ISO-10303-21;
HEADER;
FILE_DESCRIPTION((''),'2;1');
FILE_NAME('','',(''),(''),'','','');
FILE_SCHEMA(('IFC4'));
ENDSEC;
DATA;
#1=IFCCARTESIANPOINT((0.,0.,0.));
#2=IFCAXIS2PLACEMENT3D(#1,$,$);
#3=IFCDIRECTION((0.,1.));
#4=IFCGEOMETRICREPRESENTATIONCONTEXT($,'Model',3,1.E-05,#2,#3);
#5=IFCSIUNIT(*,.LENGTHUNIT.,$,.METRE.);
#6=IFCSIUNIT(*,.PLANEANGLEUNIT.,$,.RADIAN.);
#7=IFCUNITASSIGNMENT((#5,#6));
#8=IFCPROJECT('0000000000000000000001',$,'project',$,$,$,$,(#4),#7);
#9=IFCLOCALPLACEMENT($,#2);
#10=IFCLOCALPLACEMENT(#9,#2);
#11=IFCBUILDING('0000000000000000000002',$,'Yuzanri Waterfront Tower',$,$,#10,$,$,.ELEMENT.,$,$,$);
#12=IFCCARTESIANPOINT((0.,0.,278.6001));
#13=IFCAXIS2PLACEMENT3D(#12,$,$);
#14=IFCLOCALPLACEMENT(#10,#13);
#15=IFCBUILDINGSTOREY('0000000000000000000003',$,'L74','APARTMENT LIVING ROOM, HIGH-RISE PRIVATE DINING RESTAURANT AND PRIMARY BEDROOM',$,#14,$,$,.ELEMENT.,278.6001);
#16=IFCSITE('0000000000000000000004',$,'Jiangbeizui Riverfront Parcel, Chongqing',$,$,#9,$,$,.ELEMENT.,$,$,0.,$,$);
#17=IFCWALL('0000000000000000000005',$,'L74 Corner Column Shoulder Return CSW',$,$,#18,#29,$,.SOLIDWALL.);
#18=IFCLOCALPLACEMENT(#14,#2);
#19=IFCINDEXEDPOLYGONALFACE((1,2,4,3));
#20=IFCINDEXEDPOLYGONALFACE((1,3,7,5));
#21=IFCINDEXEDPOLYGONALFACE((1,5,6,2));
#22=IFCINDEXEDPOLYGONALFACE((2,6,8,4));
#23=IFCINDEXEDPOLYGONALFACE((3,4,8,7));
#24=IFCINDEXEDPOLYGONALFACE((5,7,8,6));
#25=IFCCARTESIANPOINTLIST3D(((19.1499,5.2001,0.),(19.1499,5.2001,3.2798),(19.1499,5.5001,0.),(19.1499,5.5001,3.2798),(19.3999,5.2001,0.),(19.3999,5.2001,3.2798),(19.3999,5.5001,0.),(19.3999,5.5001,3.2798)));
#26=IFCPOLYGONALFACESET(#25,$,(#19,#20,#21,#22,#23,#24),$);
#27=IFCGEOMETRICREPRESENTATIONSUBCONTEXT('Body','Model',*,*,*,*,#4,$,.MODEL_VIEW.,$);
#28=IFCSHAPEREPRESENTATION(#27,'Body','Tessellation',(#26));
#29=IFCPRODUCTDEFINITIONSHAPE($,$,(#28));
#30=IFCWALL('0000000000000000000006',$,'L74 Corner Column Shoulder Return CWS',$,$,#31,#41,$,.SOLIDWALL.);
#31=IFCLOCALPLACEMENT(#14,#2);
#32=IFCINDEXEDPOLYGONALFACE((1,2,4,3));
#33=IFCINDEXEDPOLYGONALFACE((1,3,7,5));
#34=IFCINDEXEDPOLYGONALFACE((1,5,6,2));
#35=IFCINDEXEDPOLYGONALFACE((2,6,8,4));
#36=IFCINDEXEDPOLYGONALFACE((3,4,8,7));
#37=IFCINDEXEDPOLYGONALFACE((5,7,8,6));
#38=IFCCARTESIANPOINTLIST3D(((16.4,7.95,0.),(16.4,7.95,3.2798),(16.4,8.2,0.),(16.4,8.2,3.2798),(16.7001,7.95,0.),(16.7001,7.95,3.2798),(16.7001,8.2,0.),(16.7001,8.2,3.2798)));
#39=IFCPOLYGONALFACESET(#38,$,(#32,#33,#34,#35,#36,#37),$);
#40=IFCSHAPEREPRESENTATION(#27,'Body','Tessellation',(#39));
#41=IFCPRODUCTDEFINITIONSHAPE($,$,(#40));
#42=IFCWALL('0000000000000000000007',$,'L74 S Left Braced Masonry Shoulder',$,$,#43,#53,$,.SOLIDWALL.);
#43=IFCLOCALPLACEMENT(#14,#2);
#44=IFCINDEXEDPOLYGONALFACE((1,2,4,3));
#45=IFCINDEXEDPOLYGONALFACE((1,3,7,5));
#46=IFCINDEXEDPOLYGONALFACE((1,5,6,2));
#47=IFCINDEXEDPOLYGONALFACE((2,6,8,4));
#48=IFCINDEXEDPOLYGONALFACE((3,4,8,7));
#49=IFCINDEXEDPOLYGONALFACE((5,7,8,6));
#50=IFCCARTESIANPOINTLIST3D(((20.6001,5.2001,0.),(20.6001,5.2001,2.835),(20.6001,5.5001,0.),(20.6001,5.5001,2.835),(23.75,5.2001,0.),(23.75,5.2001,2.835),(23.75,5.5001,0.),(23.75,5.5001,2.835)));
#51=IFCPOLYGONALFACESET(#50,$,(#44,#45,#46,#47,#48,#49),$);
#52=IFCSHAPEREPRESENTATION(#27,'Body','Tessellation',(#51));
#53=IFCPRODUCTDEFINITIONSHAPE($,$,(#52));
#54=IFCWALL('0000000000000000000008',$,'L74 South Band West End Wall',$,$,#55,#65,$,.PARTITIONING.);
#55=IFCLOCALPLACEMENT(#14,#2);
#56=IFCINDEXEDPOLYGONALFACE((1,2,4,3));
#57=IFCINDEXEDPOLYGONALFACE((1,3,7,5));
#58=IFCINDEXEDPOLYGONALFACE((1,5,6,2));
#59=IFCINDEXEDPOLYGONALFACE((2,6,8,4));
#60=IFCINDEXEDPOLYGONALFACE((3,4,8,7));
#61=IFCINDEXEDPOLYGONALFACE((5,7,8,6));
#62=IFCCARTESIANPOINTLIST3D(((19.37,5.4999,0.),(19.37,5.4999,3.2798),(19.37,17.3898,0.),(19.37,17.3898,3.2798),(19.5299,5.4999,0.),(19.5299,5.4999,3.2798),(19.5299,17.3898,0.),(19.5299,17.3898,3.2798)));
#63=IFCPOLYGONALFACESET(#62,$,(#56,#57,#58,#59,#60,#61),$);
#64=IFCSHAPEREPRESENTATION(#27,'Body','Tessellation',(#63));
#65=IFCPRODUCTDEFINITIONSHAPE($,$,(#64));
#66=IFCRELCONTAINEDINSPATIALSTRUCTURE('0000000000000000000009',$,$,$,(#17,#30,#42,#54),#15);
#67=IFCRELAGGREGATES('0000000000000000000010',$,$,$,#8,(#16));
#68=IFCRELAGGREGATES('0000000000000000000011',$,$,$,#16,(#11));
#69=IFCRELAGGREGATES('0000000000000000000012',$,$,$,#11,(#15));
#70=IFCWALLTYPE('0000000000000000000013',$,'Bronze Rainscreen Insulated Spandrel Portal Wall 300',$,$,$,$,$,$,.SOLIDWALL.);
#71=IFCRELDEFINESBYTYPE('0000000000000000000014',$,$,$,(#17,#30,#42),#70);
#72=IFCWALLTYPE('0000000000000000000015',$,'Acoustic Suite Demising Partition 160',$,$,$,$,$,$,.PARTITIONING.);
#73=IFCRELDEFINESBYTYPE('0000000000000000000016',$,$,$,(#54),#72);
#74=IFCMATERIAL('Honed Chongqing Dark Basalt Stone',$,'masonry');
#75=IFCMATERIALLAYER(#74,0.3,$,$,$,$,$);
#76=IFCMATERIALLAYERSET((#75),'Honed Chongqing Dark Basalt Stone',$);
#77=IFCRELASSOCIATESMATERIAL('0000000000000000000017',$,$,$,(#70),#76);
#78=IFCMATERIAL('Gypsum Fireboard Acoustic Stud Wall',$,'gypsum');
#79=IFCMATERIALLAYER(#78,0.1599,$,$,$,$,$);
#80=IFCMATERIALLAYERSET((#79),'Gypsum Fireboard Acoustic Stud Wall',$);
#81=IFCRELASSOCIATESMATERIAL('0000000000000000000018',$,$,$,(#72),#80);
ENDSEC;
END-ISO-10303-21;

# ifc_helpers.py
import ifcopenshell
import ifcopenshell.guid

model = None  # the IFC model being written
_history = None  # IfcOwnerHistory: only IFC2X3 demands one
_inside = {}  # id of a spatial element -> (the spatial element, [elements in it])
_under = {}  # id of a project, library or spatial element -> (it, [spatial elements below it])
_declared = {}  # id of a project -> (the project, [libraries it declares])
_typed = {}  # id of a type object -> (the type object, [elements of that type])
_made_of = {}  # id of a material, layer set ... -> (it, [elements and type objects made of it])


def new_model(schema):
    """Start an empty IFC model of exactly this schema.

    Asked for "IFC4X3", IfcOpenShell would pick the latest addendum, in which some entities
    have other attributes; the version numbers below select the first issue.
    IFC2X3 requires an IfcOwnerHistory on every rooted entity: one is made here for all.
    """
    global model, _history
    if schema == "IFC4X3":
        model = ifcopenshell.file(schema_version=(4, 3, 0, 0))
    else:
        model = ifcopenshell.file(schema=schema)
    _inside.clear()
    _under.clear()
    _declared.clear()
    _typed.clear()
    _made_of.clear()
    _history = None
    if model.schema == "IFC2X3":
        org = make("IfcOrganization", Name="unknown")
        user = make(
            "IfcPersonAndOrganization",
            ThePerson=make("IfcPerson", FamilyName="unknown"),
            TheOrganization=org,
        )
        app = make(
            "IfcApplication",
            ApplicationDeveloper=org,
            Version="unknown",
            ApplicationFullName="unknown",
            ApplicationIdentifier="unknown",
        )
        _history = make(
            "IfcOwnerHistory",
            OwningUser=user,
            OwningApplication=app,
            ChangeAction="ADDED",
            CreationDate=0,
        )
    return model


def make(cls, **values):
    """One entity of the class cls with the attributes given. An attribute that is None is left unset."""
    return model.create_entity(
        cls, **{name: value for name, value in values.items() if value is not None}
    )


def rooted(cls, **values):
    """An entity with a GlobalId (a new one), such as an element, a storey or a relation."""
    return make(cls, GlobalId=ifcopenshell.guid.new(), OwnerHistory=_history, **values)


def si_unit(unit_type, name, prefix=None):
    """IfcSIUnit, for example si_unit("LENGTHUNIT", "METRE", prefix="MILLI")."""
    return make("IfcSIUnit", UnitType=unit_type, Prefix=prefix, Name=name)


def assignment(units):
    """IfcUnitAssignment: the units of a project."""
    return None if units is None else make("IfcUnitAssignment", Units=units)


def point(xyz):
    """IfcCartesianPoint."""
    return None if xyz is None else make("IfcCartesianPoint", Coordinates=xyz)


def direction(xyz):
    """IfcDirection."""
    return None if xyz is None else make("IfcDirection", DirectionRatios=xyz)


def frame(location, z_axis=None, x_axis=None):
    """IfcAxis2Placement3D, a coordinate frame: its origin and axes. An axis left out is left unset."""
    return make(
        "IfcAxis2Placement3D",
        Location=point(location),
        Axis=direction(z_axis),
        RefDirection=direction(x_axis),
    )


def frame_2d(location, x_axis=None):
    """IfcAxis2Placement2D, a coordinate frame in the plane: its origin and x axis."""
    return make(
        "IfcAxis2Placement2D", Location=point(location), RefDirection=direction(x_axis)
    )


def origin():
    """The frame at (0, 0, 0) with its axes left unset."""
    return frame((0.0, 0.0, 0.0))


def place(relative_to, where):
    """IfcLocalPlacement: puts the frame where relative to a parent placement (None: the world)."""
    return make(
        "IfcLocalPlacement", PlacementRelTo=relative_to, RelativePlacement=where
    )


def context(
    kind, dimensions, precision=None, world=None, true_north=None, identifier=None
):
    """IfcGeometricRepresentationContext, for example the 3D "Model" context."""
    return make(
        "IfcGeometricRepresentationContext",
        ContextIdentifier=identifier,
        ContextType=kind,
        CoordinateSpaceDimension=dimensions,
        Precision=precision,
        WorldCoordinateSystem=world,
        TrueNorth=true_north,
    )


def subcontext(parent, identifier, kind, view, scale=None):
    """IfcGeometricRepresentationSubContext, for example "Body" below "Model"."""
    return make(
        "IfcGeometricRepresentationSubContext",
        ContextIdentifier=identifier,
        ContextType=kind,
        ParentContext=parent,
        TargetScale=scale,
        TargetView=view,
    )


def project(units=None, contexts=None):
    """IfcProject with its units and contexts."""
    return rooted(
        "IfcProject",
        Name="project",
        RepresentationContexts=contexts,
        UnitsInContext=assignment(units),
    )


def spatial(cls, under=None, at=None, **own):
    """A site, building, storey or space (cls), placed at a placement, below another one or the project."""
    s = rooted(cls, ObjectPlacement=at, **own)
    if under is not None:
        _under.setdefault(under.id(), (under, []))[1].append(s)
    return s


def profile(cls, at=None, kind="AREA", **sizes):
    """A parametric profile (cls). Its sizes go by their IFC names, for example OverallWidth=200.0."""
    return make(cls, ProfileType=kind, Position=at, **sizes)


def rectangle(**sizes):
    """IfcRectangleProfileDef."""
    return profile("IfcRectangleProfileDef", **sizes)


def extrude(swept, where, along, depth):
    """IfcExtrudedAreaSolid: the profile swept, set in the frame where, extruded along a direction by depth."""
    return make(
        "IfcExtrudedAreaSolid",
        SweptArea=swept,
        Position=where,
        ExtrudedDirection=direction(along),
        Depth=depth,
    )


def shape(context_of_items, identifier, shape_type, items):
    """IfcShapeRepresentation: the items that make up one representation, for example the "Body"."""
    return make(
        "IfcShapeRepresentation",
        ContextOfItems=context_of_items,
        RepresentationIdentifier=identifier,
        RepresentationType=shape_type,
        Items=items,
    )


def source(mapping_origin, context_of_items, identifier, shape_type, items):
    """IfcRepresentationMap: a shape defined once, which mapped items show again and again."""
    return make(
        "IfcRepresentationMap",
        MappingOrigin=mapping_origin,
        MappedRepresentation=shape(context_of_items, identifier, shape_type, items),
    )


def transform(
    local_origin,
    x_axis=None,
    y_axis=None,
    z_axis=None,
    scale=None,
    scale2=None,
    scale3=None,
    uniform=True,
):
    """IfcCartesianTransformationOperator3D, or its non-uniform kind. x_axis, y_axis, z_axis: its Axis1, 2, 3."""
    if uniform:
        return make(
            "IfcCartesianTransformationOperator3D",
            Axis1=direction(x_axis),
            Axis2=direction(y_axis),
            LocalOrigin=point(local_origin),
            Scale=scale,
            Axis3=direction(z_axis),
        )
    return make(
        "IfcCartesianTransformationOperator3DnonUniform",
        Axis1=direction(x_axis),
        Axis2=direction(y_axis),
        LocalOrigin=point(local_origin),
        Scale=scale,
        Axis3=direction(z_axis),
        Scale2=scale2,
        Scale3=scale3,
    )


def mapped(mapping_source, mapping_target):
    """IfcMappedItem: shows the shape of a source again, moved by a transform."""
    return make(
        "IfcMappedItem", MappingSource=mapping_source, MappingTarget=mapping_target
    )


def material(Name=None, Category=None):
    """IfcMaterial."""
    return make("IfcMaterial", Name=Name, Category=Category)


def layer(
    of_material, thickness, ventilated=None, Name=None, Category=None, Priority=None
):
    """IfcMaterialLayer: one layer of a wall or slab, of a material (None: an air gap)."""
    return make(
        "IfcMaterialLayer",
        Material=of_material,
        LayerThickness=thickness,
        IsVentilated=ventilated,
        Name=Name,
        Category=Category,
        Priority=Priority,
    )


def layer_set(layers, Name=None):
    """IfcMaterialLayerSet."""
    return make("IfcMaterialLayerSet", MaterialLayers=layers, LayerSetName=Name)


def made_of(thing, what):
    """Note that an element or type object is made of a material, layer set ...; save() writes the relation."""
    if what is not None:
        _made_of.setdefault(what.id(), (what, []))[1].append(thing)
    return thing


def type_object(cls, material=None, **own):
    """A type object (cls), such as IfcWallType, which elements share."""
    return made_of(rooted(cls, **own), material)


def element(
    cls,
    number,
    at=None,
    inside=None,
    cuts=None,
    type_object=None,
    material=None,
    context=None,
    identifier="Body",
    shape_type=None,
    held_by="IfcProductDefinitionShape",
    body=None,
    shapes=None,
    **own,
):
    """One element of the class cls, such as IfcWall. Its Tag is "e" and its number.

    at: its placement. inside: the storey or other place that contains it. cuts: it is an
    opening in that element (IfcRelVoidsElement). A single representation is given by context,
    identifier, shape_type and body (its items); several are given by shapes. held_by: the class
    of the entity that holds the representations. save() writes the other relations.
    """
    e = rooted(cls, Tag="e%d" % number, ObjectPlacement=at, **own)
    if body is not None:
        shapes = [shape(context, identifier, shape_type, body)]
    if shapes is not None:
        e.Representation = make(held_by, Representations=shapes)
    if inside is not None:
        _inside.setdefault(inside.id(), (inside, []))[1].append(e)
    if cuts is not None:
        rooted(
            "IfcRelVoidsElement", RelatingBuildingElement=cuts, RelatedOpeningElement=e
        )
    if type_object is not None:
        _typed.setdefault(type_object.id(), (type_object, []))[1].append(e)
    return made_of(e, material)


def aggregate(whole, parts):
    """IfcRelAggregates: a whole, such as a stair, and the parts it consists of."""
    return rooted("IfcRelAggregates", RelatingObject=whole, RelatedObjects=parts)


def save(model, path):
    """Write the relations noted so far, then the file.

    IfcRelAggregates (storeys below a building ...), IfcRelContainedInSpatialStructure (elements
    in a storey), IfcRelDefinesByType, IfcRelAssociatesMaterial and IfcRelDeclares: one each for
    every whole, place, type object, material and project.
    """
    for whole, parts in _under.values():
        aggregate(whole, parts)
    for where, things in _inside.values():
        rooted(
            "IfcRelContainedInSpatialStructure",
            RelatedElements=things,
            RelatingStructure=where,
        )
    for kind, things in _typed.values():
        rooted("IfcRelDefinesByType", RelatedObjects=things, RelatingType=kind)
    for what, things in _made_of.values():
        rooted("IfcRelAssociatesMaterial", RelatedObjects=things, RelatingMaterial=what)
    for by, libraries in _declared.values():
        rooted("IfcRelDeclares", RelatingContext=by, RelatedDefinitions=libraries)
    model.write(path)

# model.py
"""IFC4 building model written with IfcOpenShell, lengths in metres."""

from ifc_helpers import new_model, si_unit, direction, frame, frame_2d, origin, place, context, subcontext, project, spatial, rectangle, extrude, source, transform, mapped, material, layer, layer_set, type_object, element, save


model = new_model("IFC4")

# Units and contexts
model_context = context("Model", 3, precision=1e-05, world=origin(), true_north=direction((0.0, 1.0)))
body_context = subcontext(model_context, "Body", "Model", "MODEL_VIEW")
ifc_project = project(units=[si_unit("LENGTHUNIT", "METRE"), si_unit("PLANEANGLEUNIT", "RADIAN")], contexts=[model_context])

# Site, building, storey
site_placement = place(None, origin())
site = spatial("IfcSite", under=ifc_project, at=site_placement, Name="Jiangbeizui Riverfront Parcel, Chongqing", CompositionType="ELEMENT", RefElevation=0.0)
building_placement = place(site_placement, origin())
building = spatial("IfcBuilding", under=site, at=building_placement, Name="Yuzanri Waterfront Tower", CompositionType="ELEMENT")
storey_placement = place(building_placement, frame((0.0, 0.0, 278.6001)))
storey = spatial("IfcBuildingStorey", under=building, at=storey_placement, Name="L74", Description="APARTMENT LIVING ROOM, HIGH-RISE PRIVATE DINING RESTAURANT AND PRIMARY BEDROOM", CompositionType="ELEMENT", Elevation=278.6001)

# Shared definitions
ifc_material_1 = material(Name="Honed Chongqing Dark Basalt Stone", Category="masonry")
ifc_layer_1 = layer(ifc_material_1, 0.3)
ifc_layer_set_1 = layer_set([ifc_layer_1], Name="Honed Chongqing Dark Basalt Stone")
wall_type_1 = type_object("IfcWallType", Name="Bronze Rainscreen Insulated Spandrel Portal Wall 300", PredefinedType="SOLIDWALL", material=ifc_layer_set_1)

# Walls
shared_shape_1 = source(origin(), body_context, "Body", "SweptSolid", [
    extrude(rectangle(XDim=0.25, YDim=0.3, at=frame_2d((0.125, 0.0))), origin(), (0.0, 0.0, 1.0), 3.2798),
])
for number, where, z_axis, x_axis, name in (
    (1, (19.1499, 5.3501, 0.0), (0.0, 0.0, 1.0), (1.0, 0.0, 0.0), "L74 Corner Column Shoulder Return CSW"),
    (2, (16.55, 7.95, 0.0), (0.0, 0.0, 1.0), (0.0, 1.0, 0.0), "L74 Corner Column Shoulder Return CWS"),
):
    element("IfcWall", number, at=place(storey_placement, frame(where, z_axis=z_axis, x_axis=x_axis)), inside=storey, type_object=wall_type_1, Name=name, PredefinedType="SOLIDWALL", context=body_context, shape_type="MappedRepresentation", body=[
        mapped(shared_shape_1, transform((0.0, 0.0, 0.0), scale=1.0)),
    ])
shared_shape_2 = source(origin(), body_context, "Body", "SweptSolid", [
    extrude(rectangle(XDim=3.1499, YDim=0.3, at=frame_2d((1.575, 0.0))), origin(), (0.0, 0.0, 1.0), 2.835),
])
wall_1_placement = place(storey_placement, frame((20.6001, 5.3501, 0.0), z_axis=(0.0, 0.0, 1.0), x_axis=(1.0, 0.0, 0.0)))
element("IfcWall", 3, at=wall_1_placement, inside=storey, type_object=wall_type_1, Name="L74 S Left Braced Masonry Shoulder", PredefinedType="SOLIDWALL", context=body_context, shape_type="MappedRepresentation", body=[
    mapped(shared_shape_2, transform((0.0, 0.0, 0.0), scale=1.0)),
])
ifc_material_2 = material(Name="Gypsum Fireboard Acoustic Stud Wall", Category="gypsum")
ifc_layer_2 = layer(ifc_material_2, 0.1599)
ifc_layer_set_2 = layer_set([ifc_layer_2], Name="Gypsum Fireboard Acoustic Stud Wall")
wall_type_2 = type_object("IfcWallType", Name="Acoustic Suite Demising Partition 160", PredefinedType="PARTITIONING", material=ifc_layer_set_2)
shared_shape_3 = source(origin(), body_context, "Body", "SweptSolid", [
    extrude(rectangle(XDim=11.8899, YDim=0.1599, at=frame_2d((5.9448, 0.0))), origin(), (0.0, 0.0, 1.0), 3.2798),
])
wall_2_placement = place(storey_placement, frame((19.45, 5.5, 0.0), z_axis=(0.0, 0.0, 1.0), x_axis=(0.0, 1.0, 0.0)))
element("IfcWall", 4, at=wall_2_placement, inside=storey, type_object=wall_type_2, Name="L74 South Band West End Wall", PredefinedType="PARTITIONING", context=body_context, shape_type="MappedRepresentation", body=[
    mapped(shared_shape_3, transform((0.0, 0.0, 0.0), scale=1.0)),
])

save(model, "model.ifc")
